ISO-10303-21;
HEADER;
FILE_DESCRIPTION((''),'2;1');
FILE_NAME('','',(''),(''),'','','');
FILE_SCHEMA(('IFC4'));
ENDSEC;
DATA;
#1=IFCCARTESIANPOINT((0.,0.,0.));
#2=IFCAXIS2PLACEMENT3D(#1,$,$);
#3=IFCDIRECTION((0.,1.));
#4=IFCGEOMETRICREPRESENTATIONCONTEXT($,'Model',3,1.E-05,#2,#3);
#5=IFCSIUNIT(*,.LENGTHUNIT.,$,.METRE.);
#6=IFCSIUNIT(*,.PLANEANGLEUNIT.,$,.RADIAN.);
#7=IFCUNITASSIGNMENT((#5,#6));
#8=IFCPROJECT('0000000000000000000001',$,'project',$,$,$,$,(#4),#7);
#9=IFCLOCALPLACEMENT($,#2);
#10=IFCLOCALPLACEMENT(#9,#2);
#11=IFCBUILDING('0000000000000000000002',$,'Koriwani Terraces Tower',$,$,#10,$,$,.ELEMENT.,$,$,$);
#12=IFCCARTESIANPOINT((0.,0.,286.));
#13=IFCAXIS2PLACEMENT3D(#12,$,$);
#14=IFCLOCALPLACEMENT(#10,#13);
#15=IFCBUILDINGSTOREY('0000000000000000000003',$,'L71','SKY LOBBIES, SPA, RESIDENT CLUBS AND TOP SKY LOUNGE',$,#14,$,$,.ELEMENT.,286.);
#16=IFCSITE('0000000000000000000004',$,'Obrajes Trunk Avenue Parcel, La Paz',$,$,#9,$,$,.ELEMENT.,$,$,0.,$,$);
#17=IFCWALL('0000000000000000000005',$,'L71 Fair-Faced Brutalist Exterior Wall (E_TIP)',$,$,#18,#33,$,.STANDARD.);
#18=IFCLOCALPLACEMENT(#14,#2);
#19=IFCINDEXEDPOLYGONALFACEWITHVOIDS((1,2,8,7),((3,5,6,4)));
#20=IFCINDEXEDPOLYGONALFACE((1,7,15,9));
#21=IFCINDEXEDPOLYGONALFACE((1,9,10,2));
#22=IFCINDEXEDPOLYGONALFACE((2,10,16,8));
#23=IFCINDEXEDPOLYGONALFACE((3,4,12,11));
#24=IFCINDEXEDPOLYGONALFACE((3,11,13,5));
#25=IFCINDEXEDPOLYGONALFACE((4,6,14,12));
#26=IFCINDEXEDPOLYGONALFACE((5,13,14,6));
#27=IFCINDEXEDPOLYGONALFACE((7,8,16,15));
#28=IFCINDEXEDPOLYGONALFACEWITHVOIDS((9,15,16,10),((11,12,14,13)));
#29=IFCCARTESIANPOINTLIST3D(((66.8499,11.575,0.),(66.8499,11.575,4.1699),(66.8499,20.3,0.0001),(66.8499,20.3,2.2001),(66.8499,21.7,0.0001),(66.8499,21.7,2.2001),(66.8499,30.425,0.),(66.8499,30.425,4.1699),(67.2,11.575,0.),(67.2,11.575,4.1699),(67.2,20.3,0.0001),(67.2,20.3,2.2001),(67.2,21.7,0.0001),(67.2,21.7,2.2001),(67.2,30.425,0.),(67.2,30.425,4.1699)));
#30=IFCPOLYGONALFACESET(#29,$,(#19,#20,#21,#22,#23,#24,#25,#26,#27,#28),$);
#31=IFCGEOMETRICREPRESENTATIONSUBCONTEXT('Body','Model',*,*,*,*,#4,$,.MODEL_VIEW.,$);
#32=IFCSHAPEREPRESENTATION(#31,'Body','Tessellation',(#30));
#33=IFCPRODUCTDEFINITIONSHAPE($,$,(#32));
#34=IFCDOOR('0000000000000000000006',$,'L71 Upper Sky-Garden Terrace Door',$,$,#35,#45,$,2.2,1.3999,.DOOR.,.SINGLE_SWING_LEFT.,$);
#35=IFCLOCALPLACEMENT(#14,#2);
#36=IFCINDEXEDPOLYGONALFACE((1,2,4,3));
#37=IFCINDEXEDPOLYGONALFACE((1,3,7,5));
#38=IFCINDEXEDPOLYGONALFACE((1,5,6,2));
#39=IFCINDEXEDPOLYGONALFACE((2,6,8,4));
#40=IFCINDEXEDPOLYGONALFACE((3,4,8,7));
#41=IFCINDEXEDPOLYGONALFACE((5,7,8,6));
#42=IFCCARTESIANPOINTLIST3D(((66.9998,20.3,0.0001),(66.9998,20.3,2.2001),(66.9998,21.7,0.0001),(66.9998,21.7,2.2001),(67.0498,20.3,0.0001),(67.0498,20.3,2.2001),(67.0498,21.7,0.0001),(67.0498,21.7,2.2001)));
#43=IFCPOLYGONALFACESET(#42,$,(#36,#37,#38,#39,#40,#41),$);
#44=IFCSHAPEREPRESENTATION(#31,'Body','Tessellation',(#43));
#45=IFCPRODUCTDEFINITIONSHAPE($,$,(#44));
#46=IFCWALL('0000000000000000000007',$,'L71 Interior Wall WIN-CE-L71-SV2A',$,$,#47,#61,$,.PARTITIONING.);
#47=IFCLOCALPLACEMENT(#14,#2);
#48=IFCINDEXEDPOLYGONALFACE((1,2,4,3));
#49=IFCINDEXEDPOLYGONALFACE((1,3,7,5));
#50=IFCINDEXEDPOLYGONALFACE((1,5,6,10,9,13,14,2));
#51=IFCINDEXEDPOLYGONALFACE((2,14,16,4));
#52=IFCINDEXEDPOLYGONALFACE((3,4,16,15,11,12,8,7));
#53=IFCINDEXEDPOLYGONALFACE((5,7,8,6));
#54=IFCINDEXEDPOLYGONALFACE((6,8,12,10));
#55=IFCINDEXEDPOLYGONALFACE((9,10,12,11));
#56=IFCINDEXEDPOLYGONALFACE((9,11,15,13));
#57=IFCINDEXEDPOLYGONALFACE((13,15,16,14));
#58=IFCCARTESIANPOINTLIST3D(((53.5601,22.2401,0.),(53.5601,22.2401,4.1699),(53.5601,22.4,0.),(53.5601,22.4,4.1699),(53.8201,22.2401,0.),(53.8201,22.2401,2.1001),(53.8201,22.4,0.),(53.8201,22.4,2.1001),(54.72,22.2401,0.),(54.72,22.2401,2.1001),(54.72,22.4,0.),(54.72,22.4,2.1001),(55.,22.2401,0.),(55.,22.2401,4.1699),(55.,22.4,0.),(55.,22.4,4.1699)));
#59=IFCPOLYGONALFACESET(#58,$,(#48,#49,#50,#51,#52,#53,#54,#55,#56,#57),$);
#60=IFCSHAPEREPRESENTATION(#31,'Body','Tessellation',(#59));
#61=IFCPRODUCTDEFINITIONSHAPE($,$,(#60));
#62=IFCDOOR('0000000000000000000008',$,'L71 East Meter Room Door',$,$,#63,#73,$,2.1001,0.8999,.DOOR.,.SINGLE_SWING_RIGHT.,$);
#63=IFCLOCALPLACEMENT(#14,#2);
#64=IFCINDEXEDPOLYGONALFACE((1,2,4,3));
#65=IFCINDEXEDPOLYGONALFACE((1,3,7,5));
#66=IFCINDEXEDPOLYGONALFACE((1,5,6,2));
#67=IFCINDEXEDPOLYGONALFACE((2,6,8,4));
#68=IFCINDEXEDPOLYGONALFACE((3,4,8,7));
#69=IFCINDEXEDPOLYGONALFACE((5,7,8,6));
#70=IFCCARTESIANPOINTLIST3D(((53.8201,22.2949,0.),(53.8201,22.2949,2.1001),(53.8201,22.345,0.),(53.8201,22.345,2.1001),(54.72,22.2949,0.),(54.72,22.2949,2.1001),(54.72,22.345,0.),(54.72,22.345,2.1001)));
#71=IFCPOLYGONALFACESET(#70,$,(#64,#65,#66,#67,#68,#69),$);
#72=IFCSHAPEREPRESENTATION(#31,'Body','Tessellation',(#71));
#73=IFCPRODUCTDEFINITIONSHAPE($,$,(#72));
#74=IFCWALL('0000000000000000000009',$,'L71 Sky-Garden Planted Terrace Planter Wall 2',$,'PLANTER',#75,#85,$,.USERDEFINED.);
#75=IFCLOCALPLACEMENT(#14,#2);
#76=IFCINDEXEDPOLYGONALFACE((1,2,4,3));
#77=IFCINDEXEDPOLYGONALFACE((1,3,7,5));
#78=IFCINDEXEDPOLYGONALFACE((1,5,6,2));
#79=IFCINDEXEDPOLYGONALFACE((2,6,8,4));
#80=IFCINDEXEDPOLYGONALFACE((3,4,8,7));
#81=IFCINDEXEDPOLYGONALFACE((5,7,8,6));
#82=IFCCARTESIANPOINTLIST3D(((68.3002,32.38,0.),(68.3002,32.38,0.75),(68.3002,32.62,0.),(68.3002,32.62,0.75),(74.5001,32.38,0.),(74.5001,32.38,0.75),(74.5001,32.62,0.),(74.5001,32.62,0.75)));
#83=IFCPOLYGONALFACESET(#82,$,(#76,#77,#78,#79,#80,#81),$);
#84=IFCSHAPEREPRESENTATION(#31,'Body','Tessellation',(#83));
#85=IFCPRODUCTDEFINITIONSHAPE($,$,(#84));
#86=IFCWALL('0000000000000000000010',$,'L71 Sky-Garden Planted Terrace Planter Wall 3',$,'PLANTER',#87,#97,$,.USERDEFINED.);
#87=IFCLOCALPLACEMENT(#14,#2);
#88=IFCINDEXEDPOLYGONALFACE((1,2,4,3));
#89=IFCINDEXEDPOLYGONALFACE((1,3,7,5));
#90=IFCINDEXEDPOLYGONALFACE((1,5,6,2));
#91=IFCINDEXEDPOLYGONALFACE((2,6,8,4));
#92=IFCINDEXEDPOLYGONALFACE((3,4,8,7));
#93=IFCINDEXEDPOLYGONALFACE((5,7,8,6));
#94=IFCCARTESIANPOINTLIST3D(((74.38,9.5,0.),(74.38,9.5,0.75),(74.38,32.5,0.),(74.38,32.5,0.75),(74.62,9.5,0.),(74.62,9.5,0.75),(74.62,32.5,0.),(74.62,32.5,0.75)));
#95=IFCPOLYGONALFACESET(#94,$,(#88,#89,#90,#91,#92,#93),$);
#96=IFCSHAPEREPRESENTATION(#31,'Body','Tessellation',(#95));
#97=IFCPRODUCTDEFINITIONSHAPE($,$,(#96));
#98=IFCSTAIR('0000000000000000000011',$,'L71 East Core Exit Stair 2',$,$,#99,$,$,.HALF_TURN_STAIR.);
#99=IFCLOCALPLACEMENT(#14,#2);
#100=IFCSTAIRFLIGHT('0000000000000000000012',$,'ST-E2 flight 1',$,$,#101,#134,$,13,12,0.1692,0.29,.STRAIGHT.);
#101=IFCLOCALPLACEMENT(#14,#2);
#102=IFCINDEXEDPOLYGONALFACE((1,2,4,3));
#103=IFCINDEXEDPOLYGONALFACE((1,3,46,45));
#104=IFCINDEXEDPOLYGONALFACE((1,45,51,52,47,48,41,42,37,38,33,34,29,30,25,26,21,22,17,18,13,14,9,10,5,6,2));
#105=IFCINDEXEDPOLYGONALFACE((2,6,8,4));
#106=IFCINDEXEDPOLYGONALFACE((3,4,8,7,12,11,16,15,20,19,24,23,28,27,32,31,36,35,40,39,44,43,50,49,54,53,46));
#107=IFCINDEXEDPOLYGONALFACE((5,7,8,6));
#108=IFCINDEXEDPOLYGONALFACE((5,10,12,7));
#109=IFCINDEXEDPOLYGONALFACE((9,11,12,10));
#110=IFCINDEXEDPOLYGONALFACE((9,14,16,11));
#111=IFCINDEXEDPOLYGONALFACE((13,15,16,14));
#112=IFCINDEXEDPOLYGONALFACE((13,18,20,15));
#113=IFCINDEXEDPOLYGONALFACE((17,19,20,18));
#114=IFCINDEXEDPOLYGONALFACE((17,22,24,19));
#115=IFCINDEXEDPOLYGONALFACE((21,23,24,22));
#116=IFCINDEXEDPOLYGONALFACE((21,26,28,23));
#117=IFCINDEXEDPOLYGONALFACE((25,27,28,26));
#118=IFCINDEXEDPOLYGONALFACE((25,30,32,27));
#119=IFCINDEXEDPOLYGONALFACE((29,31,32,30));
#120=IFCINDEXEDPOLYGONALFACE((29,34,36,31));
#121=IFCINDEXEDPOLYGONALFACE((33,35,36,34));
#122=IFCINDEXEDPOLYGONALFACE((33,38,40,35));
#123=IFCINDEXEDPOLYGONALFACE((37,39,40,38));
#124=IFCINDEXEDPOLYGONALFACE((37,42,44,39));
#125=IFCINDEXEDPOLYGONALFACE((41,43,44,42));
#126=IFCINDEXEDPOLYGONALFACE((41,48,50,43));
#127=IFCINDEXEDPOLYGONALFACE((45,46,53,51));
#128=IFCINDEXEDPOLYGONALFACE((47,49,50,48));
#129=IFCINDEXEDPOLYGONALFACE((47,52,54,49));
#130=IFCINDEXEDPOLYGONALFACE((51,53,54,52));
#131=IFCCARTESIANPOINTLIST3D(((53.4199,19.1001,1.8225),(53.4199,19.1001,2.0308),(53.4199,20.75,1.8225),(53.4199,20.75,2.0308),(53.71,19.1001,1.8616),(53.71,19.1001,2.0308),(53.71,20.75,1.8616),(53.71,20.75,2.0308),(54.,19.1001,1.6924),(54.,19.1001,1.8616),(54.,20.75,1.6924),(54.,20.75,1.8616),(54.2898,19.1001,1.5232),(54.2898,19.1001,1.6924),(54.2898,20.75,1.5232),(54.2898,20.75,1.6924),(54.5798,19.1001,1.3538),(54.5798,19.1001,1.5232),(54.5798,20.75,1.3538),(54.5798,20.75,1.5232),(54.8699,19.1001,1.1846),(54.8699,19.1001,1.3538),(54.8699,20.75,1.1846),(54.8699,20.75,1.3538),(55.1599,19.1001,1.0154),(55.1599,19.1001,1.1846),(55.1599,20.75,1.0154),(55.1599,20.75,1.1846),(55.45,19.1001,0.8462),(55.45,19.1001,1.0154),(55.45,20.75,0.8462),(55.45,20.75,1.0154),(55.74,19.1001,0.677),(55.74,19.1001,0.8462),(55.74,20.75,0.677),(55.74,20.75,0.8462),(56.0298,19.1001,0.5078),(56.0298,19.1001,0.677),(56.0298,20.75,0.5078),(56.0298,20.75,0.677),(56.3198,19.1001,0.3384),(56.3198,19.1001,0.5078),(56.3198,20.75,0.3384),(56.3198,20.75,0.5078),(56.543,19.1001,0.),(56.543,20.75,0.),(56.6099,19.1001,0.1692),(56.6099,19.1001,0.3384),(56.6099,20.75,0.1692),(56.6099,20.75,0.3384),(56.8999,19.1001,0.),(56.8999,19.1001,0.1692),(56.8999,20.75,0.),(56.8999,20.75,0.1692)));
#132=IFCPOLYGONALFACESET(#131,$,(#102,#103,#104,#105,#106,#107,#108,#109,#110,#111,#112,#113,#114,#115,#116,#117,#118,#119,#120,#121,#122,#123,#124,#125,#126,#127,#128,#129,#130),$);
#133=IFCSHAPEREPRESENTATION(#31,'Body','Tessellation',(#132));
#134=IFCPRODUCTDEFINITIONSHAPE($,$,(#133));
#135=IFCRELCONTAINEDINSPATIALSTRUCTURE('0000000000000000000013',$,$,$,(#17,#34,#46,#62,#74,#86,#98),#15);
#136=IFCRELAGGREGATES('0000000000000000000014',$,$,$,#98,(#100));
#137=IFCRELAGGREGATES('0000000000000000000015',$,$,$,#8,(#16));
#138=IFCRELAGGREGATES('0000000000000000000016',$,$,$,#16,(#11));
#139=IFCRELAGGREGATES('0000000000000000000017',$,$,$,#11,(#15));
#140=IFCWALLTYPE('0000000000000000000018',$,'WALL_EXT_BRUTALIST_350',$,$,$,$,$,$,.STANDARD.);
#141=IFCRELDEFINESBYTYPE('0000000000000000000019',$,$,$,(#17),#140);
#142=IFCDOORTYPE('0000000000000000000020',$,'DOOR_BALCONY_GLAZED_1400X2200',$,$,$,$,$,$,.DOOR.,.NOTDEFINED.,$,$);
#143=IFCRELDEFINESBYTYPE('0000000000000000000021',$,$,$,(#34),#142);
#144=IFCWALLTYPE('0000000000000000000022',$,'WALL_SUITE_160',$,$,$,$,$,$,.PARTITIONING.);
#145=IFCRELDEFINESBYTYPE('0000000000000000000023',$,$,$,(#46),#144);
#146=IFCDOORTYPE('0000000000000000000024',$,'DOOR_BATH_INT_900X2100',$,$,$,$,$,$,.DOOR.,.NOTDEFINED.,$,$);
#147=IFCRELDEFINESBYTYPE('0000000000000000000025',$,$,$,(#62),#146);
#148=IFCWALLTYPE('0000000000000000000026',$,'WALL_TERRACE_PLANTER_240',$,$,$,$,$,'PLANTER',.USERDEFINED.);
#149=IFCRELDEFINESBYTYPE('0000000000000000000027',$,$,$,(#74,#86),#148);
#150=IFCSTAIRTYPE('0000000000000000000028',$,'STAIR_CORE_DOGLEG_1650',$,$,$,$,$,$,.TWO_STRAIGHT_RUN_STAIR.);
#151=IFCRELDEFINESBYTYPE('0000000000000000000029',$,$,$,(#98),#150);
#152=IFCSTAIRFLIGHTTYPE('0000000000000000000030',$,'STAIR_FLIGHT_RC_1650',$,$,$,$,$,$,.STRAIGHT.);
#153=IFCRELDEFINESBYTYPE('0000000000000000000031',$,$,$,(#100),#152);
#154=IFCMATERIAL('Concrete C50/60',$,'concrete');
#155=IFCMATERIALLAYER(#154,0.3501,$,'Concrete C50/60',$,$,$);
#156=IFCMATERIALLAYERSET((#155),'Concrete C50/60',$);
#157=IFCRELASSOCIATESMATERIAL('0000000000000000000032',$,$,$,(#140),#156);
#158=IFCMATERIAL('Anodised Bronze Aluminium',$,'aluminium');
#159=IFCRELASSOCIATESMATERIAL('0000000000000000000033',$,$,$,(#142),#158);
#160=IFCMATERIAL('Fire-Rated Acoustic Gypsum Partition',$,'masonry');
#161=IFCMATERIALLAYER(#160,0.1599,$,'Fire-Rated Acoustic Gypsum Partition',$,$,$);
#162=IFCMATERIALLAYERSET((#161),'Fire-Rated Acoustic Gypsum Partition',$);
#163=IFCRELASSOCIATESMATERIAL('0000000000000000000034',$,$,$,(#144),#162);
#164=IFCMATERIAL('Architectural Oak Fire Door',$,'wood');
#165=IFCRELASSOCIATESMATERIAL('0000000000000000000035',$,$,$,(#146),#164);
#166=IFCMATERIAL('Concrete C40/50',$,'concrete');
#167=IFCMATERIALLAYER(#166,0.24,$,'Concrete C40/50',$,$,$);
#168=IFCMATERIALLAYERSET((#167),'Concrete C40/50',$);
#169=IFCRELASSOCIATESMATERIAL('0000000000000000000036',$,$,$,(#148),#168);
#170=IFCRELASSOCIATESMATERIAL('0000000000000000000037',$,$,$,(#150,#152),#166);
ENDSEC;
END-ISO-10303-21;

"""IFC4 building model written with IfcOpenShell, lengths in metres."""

from ifc_helpers import new_model, si_unit, direction, frame, frame_2d, origin, place, context, subcontext, project, spatial, polyline, rectangle, outline, extrude, material, layer, layer_set, type_object, element, fill, aggregate, save


model = new_model("IFC4")

# Units and contexts
model_context = context("Model", 3, precision=1e-05, world=origin(), true_north=direction((0.0, 1.0)))
body_context = subcontext(model_context, "Body", "Model", "MODEL_VIEW")
ifc_project = project(units=[si_unit("LENGTHUNIT", "METRE"), si_unit("PLANEANGLEUNIT", "RADIAN")], contexts=[model_context])

# Site, building, storey
site_placement = place(None, origin())
site = spatial("IfcSite", under=ifc_project, at=site_placement, Name="Obrajes Trunk Avenue Parcel, La Paz", CompositionType="ELEMENT", RefElevation=0.0)
building_placement = place(site_placement, origin())
building = spatial("IfcBuilding", under=site, at=building_placement, Name="Koriwani Terraces Tower", CompositionType="ELEMENT")
storey_placement = place(building_placement, frame((0.0, 0.0, 286.0)))
storey = spatial("IfcBuildingStorey", under=building, at=storey_placement, Name="L71", Description="SKY LOBBIES, SPA, RESIDENT CLUBS AND TOP SKY LOUNGE", CompositionType="ELEMENT", Elevation=286.0)

# Shared definitions
ifc_material_1 = material(Name="Concrete C50/60", Category="concrete")

# Shared definitions
ifc_material_2 = material(Name="Concrete C40/50", Category="concrete")

# Shared definitions
ifc_material_3 = material(Name="Architectural Oak Fire Door", Category="wood")

# Shared definitions
ifc_layer_1 = layer(ifc_material_1, 0.3501, Name="Concrete C50/60")
ifc_layer_set_1 = layer_set([ifc_layer_1], Name="Concrete C50/60")
wall_type_1 = type_object("IfcWallType", Name="WALL_EXT_BRUTALIST_350", PredefinedType="STANDARD", material=ifc_layer_set_1)

# Walls, openings, doors
wall_1_placement = place(storey_placement, frame((67.0249, 30.425, 0.0), z_axis=(0.0, 0.0, 1.0), x_axis=(0.0, -1.0, 0.0)))
wall_1 = element("IfcWall", 1, at=wall_1_placement, inside=storey, type_object=wall_type_1, Name="L71 Fair-Faced Brutalist Exterior Wall (E_TIP)", PredefinedType="STANDARD", context=body_context, shape_type="SweptSolid", body=[
    extrude(rectangle(XDim=18.8501, YDim=0.3501, at=frame_2d((9.425, 0.0))), origin(), (0.0, 0.0, 1.0), 4.1699),
])
opening_1_placement = place(wall_1_placement, frame((8.7251, 0.0, 0.0)))
opening_1 = element("IfcOpeningElement", 2, at=opening_1_placement, cuts=wall_1, PredefinedType="OPENING", context=body_context, shape_type="SweptSolid", body=[
    extrude(rectangle(XDim=1.3999, YDim=2.2, at=frame_2d((0.7, 1.1001))), frame((0.0, 0.1851, 0.0), z_axis=(0.0, -1.0, 0.0), x_axis=(1.0, 0.0, 0.0)), (0.0, 0.0, 1.0), 0.3701),
])
ifc_material_4 = material(Name="Anodised Bronze Aluminium", Category="aluminium")
door_type_1 = type_object("IfcDoorType", Name="DOOR_BALCONY_GLAZED_1400X2200", OperationType="NOTDEFINED", PredefinedType="DOOR", material=ifc_material_4)
door_1_placement = place(opening_1_placement, origin())
door_1 = element("IfcDoor", 3, at=door_1_placement, inside=storey, type_object=door_type_1, Name="L71 Upper Sky-Garden Terrace Door", OperationType="SINGLE_SWING_LEFT", OverallHeight=2.2, OverallWidth=1.3999, PredefinedType="DOOR", context=body_context, shape_type="SweptSolid", body=[
    extrude(rectangle(XDim=1.3999, YDim=2.2, at=frame_2d((0.7, 1.1001))), frame((0.0, 0.0249, 0.0), z_axis=(0.0, -1.0, 0.0), x_axis=(1.0, 0.0, 0.0)), (0.0, 0.0, 1.0), 0.05),
])
fill(opening_1, door_1)
ifc_material_5 = material(Name="Fire-Rated Acoustic Gypsum Partition", Category="masonry")
ifc_layer_2 = layer(ifc_material_5, 0.1599, Name="Fire-Rated Acoustic Gypsum Partition")
ifc_layer_set_2 = layer_set([ifc_layer_2], Name="Fire-Rated Acoustic Gypsum Partition")
wall_type_2 = type_object("IfcWallType", Name="WALL_SUITE_160", PredefinedType="PARTITIONING", material=ifc_layer_set_2)
wall_2_placement = place(storey_placement, frame((53.5601, 22.3201, 0.0), z_axis=(0.0, 0.0, 1.0), x_axis=(1.0, 0.0, 0.0)))
wall_2 = element("IfcWall", 4, at=wall_2_placement, inside=storey, type_object=wall_type_2, Name="L71 Interior Wall WIN-CE-L71-SV2A", PredefinedType="PARTITIONING", context=body_context, shape_type="SweptSolid", body=[
    extrude(rectangle(XDim=1.4399, YDim=0.1599, at=frame_2d((0.72, 0.0))), origin(), (0.0, 0.0, 1.0), 4.1699),
])
opening_2_placement = place(wall_2_placement, frame((0.26, 0.0, 0.0)))
opening_2 = element("IfcOpeningElement", 5, at=opening_2_placement, cuts=wall_2, PredefinedType="OPENING", context=body_context, shape_type="SweptSolid", body=[
    extrude(rectangle(XDim=0.8999, YDim=2.1001, at=frame_2d((0.45, 1.05))), frame((0.0, 0.0898, 0.0), z_axis=(0.0, -1.0, 0.0), x_axis=(1.0, 0.0, 0.0)), (0.0, 0.0, 1.0), 0.1799),
])
door_type_2 = type_object("IfcDoorType", Name="DOOR_BATH_INT_900X2100", OperationType="NOTDEFINED", PredefinedType="DOOR", material=ifc_material_3)
door_2_placement = place(opening_2_placement, origin())
door_2 = element("IfcDoor", 6, at=door_2_placement, inside=storey, type_object=door_type_2, Name="L71 East Meter Room Door", OperationType="SINGLE_SWING_RIGHT", OverallHeight=2.1001, OverallWidth=0.8999, PredefinedType="DOOR", context=body_context, shape_type="SweptSolid", body=[
    extrude(rectangle(XDim=0.8999, YDim=2.1001, at=frame_2d((0.45, 1.05))), frame((0.0, 0.0249, 0.0), z_axis=(0.0, -1.0, 0.0), x_axis=(1.0, 0.0, 0.0)), (0.0, 0.0, 1.0), 0.05),
])
fill(opening_2, door_2)

# Walls
ifc_layer_3 = layer(ifc_material_2, 0.24, Name="Concrete C40/50")
ifc_layer_set_3 = layer_set([ifc_layer_3], Name="Concrete C40/50")
wall_type_3 = type_object("IfcWallType", Name="WALL_TERRACE_PLANTER_240", ElementType="PLANTER", PredefinedType="USERDEFINED", material=ifc_layer_set_3)
wall_3_placement = place(storey_placement, frame((68.3, 32.5, 0.0), z_axis=(0.0, 0.0, 1.0), x_axis=(1.0, 0.0, 0.0)))
element("IfcWall", 7, at=wall_3_placement, inside=storey, type_object=wall_type_3, Name="L71 Sky-Garden Planted Terrace Planter Wall 2", ObjectType="PLANTER", PredefinedType="USERDEFINED", context=body_context, shape_type="SweptSolid", body=[
    extrude(rectangle(XDim=6.2, YDim=0.24, at=frame_2d((3.1001, 0.0))), origin(), (0.0, 0.0, 1.0), 0.75),
])
wall_4_placement = place(storey_placement, frame((74.5, 32.5, 0.0), z_axis=(0.0, 0.0, 1.0), x_axis=(0.0, -1.0, 0.0)))
element("IfcWall", 8, at=wall_4_placement, inside=storey, type_object=wall_type_3, Name="L71 Sky-Garden Planted Terrace Planter Wall 3", ObjectType="PLANTER", PredefinedType="USERDEFINED", context=body_context, shape_type="SweptSolid", body=[
    extrude(rectangle(XDim=23.0, YDim=0.24, at=frame_2d((11.5, 0.0))), origin(), (0.0, 0.0, 1.0), 0.75),
])

# Stair, stair flight
stair_type = type_object("IfcStairType", Name="STAIR_CORE_DOGLEG_1650", PredefinedType="TWO_STRAIGHT_RUN_STAIR", material=ifc_material_2)
stair_placement = place(storey_placement, origin())
stair = element("IfcStair", 9, at=stair_placement, inside=storey, type_object=stair_type, Name="L71 East Core Exit Stair 2", PredefinedType="HALF_TURN_STAIR")
stair_flight_type = type_object("IfcStairFlightType", Name="STAIR_FLIGHT_RC_1650", PredefinedType="STRAIGHT", material=ifc_material_2)
stair_flight_placement = place(storey_placement, frame((56.8999, 19.925, 0.0), z_axis=(0.0, 0.0, 1.0), x_axis=(-1.0, 0.0, 0.0)))
stair_flight = element("IfcStairFlight", 10, at=stair_flight_placement, type_object=stair_flight_type, Name="ST-E2 flight 1", NumberOfRisers=13, NumberOfTreads=12, PredefinedType="STRAIGHT", RiserHeight=0.1692, TreadLength=0.29, context=body_context, shape_type="SweptSolid", body=[
    extrude(outline(polyline([(0.0, 0.0), (0.0, 0.1692), (0.29, 0.1692), (0.29, 0.3384), (0.5801, 0.3384), (0.5801, 0.5078), (0.8701, 0.5078), (0.8701, 0.677), (1.1599, 0.677), (1.1599, 0.8462), (1.45, 0.8462), (1.45, 1.0154), (1.74, 1.0154), (1.74, 1.1846), (2.03, 1.1846), (2.03, 1.3538), (2.3201, 1.3538), (2.3201, 1.5232), (2.6101, 1.5232), (2.6101, 1.6924), (2.8999, 1.6924), (2.8999, 1.8616), (3.1899, 1.8616), (3.1899, 2.0308), (3.48, 2.0308), (3.48, 2.2), (3.48, 1.8225), (0.3569, 0.0), (0.0, 0.0)])), frame((0.0, 0.825, 0.0), z_axis=(0.0, -1.0, 0.0), x_axis=(1.0, 0.0, 0.0)), (0.0, 0.0, 1.0), 1.6499),
])
aggregate(stair, [stair_flight])

save(model, "model.ifc")
